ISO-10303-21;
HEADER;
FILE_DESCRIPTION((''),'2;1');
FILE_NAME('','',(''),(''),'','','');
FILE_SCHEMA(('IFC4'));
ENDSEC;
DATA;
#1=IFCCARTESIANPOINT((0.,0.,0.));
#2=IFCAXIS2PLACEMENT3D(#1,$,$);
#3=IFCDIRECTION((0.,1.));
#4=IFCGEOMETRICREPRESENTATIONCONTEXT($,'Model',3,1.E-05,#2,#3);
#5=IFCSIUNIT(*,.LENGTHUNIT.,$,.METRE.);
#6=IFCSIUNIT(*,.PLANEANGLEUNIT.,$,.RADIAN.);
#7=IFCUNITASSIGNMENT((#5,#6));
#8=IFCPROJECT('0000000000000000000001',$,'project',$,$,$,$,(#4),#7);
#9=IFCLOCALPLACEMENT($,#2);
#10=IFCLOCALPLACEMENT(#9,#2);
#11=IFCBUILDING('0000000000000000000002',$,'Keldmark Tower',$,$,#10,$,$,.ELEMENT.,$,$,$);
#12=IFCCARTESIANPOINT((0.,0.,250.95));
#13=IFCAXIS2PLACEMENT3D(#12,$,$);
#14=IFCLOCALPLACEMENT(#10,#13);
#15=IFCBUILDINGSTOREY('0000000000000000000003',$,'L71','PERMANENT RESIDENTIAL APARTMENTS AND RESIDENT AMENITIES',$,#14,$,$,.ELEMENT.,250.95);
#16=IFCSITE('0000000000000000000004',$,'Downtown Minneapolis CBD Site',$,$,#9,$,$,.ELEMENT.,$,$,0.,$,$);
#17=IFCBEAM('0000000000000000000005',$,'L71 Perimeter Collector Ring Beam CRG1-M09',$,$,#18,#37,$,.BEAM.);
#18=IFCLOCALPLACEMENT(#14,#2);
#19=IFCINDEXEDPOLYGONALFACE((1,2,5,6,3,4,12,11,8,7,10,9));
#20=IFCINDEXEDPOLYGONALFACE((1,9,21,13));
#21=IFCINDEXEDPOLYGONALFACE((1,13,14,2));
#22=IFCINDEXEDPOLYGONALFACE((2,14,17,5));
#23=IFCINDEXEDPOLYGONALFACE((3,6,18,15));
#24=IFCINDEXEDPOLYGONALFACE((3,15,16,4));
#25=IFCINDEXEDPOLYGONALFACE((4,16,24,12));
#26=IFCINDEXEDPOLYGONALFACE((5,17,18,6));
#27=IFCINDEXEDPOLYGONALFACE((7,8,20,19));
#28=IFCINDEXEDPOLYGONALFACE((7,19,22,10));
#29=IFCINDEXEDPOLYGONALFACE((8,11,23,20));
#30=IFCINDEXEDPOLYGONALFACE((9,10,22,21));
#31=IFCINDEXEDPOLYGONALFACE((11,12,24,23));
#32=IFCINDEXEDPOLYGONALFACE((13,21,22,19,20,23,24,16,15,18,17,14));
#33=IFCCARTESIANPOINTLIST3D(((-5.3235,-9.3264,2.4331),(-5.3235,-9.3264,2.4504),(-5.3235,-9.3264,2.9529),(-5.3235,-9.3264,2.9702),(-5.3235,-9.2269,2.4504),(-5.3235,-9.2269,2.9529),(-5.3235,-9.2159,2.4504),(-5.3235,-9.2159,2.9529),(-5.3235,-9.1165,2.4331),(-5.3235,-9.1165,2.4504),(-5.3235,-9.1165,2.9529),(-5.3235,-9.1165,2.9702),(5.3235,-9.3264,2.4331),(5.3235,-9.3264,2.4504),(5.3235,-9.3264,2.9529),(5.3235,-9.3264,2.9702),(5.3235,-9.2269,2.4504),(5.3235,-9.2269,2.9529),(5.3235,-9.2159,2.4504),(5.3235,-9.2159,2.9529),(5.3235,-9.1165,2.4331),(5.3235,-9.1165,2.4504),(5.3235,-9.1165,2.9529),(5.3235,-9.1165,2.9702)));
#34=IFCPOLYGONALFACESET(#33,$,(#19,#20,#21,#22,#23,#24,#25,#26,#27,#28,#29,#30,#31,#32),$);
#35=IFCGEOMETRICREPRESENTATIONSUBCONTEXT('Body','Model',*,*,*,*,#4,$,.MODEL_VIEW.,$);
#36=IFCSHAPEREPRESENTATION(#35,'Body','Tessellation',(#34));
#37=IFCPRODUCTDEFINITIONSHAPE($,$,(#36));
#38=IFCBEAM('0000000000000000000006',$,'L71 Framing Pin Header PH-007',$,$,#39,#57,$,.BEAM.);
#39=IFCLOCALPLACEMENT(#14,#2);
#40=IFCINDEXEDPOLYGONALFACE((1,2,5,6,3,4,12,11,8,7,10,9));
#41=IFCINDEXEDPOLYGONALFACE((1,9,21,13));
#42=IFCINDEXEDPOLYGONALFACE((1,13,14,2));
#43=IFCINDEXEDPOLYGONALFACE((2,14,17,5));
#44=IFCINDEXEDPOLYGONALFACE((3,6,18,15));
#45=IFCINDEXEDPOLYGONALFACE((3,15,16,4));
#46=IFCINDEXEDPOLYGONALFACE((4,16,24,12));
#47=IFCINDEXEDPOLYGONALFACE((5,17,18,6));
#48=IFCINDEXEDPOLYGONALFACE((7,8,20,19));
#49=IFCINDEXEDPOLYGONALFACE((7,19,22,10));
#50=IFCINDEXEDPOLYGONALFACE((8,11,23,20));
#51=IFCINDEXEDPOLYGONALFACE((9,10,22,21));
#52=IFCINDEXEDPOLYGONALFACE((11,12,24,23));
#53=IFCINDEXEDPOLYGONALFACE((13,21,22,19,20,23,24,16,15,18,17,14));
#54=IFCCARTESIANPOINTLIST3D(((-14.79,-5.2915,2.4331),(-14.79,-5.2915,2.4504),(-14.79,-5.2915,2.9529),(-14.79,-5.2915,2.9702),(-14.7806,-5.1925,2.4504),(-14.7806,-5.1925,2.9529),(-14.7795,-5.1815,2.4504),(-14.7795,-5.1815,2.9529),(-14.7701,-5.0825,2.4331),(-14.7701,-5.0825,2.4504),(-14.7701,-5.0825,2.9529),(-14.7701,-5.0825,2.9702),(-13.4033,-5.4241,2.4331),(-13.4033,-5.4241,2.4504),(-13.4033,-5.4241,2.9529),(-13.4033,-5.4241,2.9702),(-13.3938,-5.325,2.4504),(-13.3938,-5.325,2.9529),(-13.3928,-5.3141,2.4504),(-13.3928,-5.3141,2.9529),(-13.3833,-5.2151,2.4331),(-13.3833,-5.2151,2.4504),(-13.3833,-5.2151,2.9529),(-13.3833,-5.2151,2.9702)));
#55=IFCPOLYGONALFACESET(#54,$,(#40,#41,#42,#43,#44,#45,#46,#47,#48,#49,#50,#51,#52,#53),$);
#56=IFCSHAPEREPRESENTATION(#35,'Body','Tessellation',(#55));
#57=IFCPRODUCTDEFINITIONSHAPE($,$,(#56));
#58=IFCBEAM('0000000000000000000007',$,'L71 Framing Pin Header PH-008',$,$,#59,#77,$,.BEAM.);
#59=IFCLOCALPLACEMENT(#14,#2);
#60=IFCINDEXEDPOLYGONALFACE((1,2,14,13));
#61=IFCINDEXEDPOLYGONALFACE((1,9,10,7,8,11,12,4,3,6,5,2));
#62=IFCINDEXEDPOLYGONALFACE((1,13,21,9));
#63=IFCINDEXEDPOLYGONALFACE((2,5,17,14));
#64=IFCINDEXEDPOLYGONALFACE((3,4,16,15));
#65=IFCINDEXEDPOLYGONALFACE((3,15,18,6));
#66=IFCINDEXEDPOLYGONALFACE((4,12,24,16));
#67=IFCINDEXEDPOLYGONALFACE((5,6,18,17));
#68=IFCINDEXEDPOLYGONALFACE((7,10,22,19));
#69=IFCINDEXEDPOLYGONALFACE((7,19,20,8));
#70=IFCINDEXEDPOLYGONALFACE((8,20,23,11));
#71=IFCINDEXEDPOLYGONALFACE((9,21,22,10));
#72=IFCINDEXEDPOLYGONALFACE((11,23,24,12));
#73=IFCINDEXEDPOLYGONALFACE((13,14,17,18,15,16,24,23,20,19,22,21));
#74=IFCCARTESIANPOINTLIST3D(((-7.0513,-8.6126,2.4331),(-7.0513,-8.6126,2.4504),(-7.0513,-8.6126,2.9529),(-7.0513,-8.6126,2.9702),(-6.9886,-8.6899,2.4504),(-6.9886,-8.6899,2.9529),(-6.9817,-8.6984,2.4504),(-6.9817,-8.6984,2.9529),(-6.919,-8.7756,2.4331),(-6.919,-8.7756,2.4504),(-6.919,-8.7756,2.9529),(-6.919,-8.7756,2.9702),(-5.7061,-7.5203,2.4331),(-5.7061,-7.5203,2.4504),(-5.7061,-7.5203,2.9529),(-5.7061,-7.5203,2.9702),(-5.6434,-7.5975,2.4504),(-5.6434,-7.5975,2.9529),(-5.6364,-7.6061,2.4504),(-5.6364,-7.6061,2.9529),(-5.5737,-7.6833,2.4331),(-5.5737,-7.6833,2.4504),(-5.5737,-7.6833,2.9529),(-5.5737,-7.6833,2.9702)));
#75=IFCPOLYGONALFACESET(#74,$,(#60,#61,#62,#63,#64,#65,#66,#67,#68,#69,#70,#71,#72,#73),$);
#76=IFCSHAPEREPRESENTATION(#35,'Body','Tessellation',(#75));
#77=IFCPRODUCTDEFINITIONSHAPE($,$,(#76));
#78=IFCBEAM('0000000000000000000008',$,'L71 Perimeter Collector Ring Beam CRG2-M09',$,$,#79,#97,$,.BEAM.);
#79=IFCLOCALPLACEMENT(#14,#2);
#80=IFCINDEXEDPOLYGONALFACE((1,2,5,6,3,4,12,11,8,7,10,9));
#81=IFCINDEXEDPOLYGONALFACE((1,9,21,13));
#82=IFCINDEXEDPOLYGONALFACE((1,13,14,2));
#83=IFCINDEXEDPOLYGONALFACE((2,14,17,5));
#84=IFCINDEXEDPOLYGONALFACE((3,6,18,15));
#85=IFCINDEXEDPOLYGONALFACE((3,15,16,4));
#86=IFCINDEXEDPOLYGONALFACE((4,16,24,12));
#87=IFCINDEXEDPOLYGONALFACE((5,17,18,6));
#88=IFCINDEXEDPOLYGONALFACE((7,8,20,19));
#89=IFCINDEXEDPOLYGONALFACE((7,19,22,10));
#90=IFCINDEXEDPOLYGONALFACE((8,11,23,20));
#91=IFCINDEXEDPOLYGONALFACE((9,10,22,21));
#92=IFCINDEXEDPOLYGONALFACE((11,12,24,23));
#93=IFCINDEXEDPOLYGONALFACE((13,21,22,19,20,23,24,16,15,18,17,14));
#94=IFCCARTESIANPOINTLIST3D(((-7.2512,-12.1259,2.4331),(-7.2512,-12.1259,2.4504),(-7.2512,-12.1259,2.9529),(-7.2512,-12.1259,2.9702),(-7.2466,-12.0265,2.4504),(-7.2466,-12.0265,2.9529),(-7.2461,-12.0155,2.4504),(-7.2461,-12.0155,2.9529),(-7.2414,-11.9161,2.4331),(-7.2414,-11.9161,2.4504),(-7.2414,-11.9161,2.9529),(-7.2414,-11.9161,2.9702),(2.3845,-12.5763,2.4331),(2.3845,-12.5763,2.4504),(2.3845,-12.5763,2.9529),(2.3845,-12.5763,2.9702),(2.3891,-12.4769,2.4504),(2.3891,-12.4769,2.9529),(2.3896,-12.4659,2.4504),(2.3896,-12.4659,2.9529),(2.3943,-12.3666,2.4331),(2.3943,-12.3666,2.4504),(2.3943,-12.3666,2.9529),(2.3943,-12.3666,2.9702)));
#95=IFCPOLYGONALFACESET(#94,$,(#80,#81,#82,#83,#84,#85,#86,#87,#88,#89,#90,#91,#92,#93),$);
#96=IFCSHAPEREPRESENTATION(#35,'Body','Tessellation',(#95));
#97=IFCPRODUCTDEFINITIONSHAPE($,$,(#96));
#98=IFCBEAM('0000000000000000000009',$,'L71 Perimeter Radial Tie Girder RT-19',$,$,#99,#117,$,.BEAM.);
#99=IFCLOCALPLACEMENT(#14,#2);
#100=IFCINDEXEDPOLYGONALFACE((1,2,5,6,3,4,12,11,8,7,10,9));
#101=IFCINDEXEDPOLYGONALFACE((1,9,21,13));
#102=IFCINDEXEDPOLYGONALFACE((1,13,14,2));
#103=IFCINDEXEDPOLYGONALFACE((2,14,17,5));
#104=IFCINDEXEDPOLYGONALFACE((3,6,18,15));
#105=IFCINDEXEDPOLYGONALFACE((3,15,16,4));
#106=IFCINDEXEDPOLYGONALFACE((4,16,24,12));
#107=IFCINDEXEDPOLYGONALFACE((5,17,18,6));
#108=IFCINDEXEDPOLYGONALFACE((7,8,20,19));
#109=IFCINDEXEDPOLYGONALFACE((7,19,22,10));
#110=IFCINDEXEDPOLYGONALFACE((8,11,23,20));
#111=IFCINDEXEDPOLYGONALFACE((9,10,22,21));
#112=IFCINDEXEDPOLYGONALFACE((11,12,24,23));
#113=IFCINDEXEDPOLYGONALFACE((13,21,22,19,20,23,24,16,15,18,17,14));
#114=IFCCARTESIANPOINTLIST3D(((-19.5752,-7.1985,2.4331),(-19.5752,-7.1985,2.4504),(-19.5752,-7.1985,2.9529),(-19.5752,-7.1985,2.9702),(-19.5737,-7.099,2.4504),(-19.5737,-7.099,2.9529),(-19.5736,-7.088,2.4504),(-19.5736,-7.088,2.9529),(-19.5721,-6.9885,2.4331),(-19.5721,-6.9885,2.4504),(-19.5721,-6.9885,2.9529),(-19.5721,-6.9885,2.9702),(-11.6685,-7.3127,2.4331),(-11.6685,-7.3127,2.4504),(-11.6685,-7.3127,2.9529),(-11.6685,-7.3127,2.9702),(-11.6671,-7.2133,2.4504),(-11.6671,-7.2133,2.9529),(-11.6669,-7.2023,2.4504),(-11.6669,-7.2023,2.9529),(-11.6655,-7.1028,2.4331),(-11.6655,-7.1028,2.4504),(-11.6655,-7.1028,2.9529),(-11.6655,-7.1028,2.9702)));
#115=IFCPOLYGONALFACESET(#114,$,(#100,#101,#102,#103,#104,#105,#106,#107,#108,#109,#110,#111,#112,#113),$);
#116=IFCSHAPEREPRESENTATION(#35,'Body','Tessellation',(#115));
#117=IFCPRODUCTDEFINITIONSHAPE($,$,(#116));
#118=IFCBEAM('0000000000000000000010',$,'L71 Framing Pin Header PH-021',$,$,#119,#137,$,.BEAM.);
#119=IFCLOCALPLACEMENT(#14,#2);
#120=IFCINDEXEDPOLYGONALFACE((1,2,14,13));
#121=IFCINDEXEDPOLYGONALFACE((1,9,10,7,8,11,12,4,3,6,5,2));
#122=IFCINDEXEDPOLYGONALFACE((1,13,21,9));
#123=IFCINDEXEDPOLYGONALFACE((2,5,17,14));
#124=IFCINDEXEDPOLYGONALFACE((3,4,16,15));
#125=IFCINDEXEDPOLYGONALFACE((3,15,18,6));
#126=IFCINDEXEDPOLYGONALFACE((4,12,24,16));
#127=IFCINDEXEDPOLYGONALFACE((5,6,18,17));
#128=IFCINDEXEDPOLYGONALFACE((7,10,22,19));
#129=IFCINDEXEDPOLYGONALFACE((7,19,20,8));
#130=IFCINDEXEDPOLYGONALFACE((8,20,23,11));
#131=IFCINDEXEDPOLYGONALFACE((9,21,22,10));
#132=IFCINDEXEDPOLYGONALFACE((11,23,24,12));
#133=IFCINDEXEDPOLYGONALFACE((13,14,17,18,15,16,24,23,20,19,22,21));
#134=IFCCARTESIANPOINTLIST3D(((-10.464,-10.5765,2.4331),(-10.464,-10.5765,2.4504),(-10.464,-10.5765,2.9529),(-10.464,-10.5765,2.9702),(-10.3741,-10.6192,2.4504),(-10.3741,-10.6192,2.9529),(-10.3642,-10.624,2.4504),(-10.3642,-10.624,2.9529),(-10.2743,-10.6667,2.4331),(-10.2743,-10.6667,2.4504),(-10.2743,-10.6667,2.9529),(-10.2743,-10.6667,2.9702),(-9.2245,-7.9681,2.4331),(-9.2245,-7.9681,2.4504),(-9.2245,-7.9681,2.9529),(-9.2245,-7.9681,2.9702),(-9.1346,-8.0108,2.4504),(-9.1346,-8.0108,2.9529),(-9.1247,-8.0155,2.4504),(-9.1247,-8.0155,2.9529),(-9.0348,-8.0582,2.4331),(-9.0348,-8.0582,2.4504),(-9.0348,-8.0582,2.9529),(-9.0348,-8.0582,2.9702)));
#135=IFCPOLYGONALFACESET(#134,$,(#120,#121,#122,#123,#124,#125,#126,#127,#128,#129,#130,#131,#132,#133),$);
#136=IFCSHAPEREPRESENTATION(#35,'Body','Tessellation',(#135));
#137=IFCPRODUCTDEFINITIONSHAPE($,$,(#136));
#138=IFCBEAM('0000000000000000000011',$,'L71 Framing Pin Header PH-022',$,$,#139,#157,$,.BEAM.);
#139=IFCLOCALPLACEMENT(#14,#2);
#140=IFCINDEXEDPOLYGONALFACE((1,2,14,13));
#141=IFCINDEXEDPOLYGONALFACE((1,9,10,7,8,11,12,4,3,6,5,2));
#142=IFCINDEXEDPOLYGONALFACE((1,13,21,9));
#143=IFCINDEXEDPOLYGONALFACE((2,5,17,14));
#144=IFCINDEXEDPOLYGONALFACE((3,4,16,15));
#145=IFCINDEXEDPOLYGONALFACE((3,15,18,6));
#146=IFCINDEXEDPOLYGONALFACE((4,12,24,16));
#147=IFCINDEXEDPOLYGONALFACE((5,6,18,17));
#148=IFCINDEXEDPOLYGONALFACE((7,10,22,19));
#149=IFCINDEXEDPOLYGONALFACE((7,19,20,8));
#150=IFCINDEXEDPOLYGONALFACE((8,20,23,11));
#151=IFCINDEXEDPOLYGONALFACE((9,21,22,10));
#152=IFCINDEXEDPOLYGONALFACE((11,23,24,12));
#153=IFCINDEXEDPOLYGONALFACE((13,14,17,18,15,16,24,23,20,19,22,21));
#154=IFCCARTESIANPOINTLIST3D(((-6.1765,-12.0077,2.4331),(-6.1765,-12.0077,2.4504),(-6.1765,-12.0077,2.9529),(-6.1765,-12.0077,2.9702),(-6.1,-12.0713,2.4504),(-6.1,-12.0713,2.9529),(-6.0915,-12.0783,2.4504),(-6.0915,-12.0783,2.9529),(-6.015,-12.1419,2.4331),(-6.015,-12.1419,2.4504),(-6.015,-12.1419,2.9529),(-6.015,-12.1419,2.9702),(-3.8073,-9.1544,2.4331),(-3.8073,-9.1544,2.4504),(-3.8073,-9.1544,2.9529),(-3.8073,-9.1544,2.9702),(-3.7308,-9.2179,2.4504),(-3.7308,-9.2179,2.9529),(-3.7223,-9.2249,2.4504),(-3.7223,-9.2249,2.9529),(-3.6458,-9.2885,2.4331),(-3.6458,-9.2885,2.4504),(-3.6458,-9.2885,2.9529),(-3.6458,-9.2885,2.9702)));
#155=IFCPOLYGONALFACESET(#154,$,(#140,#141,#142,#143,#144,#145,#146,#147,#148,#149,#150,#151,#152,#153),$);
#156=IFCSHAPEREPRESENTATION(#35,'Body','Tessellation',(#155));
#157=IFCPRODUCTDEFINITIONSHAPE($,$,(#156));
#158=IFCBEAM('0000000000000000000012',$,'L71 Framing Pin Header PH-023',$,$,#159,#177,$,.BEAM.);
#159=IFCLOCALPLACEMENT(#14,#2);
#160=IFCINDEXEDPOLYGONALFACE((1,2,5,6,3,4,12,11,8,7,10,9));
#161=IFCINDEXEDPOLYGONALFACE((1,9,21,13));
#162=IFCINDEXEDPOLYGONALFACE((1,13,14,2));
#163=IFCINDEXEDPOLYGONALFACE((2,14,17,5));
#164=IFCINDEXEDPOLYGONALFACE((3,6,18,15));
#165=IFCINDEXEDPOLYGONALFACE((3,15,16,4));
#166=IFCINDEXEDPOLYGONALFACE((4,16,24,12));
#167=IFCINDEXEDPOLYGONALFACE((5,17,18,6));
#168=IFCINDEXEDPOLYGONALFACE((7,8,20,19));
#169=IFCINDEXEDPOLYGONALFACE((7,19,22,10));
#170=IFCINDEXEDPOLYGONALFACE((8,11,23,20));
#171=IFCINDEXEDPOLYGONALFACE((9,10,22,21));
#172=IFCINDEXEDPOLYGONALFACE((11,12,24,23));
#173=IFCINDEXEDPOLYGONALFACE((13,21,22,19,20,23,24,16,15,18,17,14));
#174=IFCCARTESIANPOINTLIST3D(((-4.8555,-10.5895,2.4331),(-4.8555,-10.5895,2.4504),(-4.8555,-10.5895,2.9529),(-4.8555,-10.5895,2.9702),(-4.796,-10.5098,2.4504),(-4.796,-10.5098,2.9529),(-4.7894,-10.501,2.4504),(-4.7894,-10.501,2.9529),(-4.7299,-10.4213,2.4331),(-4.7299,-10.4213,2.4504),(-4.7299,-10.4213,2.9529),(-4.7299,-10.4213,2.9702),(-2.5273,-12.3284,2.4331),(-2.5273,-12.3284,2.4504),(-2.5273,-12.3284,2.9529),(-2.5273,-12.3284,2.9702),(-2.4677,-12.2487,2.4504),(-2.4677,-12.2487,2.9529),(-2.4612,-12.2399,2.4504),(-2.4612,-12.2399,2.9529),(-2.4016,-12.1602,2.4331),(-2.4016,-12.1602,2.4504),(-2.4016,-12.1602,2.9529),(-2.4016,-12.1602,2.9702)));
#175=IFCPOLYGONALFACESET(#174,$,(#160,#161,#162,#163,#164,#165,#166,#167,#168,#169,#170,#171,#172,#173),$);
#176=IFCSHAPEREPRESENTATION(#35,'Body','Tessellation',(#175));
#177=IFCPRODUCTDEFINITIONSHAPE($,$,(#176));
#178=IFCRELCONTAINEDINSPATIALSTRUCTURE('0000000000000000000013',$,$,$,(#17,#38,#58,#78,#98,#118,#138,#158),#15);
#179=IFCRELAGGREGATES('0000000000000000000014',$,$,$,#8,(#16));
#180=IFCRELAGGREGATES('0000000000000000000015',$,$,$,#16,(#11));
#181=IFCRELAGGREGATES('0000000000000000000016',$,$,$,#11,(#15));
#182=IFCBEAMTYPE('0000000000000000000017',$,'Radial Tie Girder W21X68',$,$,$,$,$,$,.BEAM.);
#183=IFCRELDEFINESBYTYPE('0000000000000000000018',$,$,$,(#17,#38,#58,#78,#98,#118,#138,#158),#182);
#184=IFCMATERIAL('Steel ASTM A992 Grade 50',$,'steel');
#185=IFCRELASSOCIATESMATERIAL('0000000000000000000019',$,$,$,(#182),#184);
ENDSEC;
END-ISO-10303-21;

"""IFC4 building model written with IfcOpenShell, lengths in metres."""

from ifc_helpers import new_model, si_unit, direction, frame, origin, origin_2d, place, context, subcontext, project, spatial, i_section, extrude, material, material_profile, profile_set, type_object, element, save


model = new_model("IFC4")

# Units and contexts
model_context = context("Model", 3, precision=1e-05, world=origin(), true_north=direction((0.0, 1.0)))
body_context = subcontext(model_context, "Body", "Model", "MODEL_VIEW")
ifc_project = project(units=[si_unit("LENGTHUNIT", "METRE"), si_unit("PLANEANGLEUNIT", "RADIAN")], contexts=[model_context])

# Site, building, storey
site_placement = place(None, origin())
site = spatial("IfcSite", under=ifc_project, at=site_placement, Name="Downtown Minneapolis CBD Site", CompositionType="ELEMENT", RefElevation=0.0)
building_placement = place(site_placement, origin())
building = spatial("IfcBuilding", under=site, at=building_placement, Name="Keldmark Tower", CompositionType="ELEMENT")
storey_placement = place(building_placement, frame((0.0, 0.0, 250.95)))
storey = spatial("IfcBuildingStorey", under=building, at=storey_placement, Name="L71", Description="PERMANENT RESIDENTIAL APARTMENTS AND RESIDENT AMENITIES", CompositionType="ELEMENT", Elevation=250.95)

# Beams
ifc_material_1 = material(Name="Steel ASTM A992 Grade 50", Category="steel")
ifc_material_profile_1 = material_profile(ifc_material_1, i_section(OverallWidth=0.21, OverallDepth=0.5371, WebThickness=0.011, FlangeThickness=0.0173, at=origin_2d()), Name="W21X68")
ifc_profile_set_1 = profile_set([ifc_material_profile_1], Name="Steel ASTM A992 Grade 50")
beam_type_1 = type_object("IfcBeamType", Name="Radial Tie Girder W21X68", PredefinedType="BEAM", material=ifc_profile_set_1)
beam_1_placement = place(storey_placement, frame((-5.3235, -9.2214, 2.7017), z_axis=(1.0, 0.0, 0.0), x_axis=(0.0, 1.0, 0.0)))
element("IfcBeam", 1, at=beam_1_placement, inside=storey, type_object=beam_type_1, Name="L71 Perimeter Collector Ring Beam CRG1-M09", PredefinedType="BEAM", context=body_context, shape_type="SweptSolid", body=[
    extrude(i_section(OverallWidth=0.21, OverallDepth=0.5371, WebThickness=0.011, FlangeThickness=0.0173, at=origin_2d()), origin(), (0.0, 0.0, 1.0), 10.647),
])
beam_2_placement = place(storey_placement, frame((-13.3933, -5.3196, 2.7017), z_axis=(-0.995462, 0.095165, 0.0), x_axis=(-0.095165, -0.995462, 0.0)))
element("IfcBeam", 2, at=beam_2_placement, inside=storey, type_object=beam_type_1, Name="L71 Framing Pin Header PH-007", PredefinedType="BEAM", context=body_context, shape_type="SweptSolid", body=[
    extrude(i_section(OverallWidth=0.21, OverallDepth=0.5371, WebThickness=0.011, FlangeThickness=0.0173, at=origin_2d()), origin(), (0.0, 0.0, 1.0), 1.3931),
])
beam_3_placement = place(storey_placement, frame((-5.6399, -7.6018, 2.7017), z_axis=(-0.776312, -0.630349, 0.0), x_axis=(0.630349, -0.776312, 0.0)))
element("IfcBeam", 3, at=beam_3_placement, inside=storey, type_object=beam_type_1, Name="L71 Framing Pin Header PH-008", PredefinedType="BEAM", context=body_context, shape_type="SweptSolid", body=[
    extrude(i_section(OverallWidth=0.21, OverallDepth=0.5371, WebThickness=0.011, FlangeThickness=0.0173, at=origin_2d()), origin(), (0.0, 0.0, 1.0), 1.7329),
])
beam_4_placement = place(storey_placement, frame((-7.2463, -12.021, 2.7017), z_axis=(0.998909, -0.046696, 0.0), x_axis=(0.046696, 0.998909, 0.0)))
element("IfcBeam", 4, at=beam_4_placement, inside=storey, type_object=beam_type_1, Name="L71 Perimeter Collector Ring Beam CRG2-M09", PredefinedType="BEAM", context=body_context, shape_type="SweptSolid", body=[
    extrude(i_section(OverallWidth=0.21, OverallDepth=0.5371, WebThickness=0.011, FlangeThickness=0.0173, at=origin_2d()), origin(), (0.0, 0.0, 1.0), 9.6462),
])
beam_5_placement = place(storey_placement, frame((-11.667, -7.2078, 2.7017), z_axis=(-0.999896, 0.014449, 0.0), x_axis=(-0.014449, -0.999896, 0.0)))
element("IfcBeam", 5, at=beam_5_placement, inside=storey, type_object=beam_type_1, Name="L71 Perimeter Radial Tie Girder RT-19", PredefinedType="BEAM", context=body_context, shape_type="SweptSolid", body=[
    extrude(i_section(OverallWidth=0.21, OverallDepth=0.5371, WebThickness=0.011, FlangeThickness=0.0173, at=origin_2d()), origin(), (0.0, 0.0, 1.0), 7.9075),
])
beam_6_placement = place(storey_placement, frame((-9.1296, -8.0132, 2.7017), z_axis=(-0.429202, -0.903209, 0.0), x_axis=(0.903209, -0.429202, 0.0)))
element("IfcBeam", 6, at=beam_6_placement, inside=storey, type_object=beam_type_1, Name="L71 Framing Pin Header PH-021", PredefinedType="BEAM", context=body_context, shape_type="SweptSolid", body=[
    extrude(i_section(OverallWidth=0.21, OverallDepth=0.5371, WebThickness=0.011, FlangeThickness=0.0173, at=origin_2d()), origin(), (0.0, 0.0, 1.0), 2.8879),
])
beam_7_placement = place(storey_placement, frame((-3.7266, -9.2214, 2.7017), z_axis=(-0.638817, -0.769359, 0.0), x_axis=(0.769359, -0.638817, 0.0)))
element("IfcBeam", 7, at=beam_7_placement, inside=storey, type_object=beam_type_1, Name="L71 Framing Pin Header PH-022", PredefinedType="BEAM", context=body_context, shape_type="SweptSolid", body=[
    extrude(i_section(OverallWidth=0.21, OverallDepth=0.5371, WebThickness=0.011, FlangeThickness=0.0173, at=origin_2d()), origin(), (0.0, 0.0, 1.0), 3.7087),
])
beam_8_placement = place(storey_placement, frame((-4.7927, -10.5054, 2.7017), z_axis=(0.801198, -0.598399, 0.0), x_axis=(0.598399, 0.801198, 0.0)))
element("IfcBeam", 8, at=beam_8_placement, inside=storey, type_object=beam_type_1, Name="L71 Framing Pin Header PH-023", PredefinedType="BEAM", context=body_context, shape_type="SweptSolid", body=[
    extrude(i_section(OverallWidth=0.21, OverallDepth=0.5371, WebThickness=0.011, FlangeThickness=0.0173, at=origin_2d()), origin(), (0.0, 0.0, 1.0), 2.906),
])

save(model, "model.ifc")
